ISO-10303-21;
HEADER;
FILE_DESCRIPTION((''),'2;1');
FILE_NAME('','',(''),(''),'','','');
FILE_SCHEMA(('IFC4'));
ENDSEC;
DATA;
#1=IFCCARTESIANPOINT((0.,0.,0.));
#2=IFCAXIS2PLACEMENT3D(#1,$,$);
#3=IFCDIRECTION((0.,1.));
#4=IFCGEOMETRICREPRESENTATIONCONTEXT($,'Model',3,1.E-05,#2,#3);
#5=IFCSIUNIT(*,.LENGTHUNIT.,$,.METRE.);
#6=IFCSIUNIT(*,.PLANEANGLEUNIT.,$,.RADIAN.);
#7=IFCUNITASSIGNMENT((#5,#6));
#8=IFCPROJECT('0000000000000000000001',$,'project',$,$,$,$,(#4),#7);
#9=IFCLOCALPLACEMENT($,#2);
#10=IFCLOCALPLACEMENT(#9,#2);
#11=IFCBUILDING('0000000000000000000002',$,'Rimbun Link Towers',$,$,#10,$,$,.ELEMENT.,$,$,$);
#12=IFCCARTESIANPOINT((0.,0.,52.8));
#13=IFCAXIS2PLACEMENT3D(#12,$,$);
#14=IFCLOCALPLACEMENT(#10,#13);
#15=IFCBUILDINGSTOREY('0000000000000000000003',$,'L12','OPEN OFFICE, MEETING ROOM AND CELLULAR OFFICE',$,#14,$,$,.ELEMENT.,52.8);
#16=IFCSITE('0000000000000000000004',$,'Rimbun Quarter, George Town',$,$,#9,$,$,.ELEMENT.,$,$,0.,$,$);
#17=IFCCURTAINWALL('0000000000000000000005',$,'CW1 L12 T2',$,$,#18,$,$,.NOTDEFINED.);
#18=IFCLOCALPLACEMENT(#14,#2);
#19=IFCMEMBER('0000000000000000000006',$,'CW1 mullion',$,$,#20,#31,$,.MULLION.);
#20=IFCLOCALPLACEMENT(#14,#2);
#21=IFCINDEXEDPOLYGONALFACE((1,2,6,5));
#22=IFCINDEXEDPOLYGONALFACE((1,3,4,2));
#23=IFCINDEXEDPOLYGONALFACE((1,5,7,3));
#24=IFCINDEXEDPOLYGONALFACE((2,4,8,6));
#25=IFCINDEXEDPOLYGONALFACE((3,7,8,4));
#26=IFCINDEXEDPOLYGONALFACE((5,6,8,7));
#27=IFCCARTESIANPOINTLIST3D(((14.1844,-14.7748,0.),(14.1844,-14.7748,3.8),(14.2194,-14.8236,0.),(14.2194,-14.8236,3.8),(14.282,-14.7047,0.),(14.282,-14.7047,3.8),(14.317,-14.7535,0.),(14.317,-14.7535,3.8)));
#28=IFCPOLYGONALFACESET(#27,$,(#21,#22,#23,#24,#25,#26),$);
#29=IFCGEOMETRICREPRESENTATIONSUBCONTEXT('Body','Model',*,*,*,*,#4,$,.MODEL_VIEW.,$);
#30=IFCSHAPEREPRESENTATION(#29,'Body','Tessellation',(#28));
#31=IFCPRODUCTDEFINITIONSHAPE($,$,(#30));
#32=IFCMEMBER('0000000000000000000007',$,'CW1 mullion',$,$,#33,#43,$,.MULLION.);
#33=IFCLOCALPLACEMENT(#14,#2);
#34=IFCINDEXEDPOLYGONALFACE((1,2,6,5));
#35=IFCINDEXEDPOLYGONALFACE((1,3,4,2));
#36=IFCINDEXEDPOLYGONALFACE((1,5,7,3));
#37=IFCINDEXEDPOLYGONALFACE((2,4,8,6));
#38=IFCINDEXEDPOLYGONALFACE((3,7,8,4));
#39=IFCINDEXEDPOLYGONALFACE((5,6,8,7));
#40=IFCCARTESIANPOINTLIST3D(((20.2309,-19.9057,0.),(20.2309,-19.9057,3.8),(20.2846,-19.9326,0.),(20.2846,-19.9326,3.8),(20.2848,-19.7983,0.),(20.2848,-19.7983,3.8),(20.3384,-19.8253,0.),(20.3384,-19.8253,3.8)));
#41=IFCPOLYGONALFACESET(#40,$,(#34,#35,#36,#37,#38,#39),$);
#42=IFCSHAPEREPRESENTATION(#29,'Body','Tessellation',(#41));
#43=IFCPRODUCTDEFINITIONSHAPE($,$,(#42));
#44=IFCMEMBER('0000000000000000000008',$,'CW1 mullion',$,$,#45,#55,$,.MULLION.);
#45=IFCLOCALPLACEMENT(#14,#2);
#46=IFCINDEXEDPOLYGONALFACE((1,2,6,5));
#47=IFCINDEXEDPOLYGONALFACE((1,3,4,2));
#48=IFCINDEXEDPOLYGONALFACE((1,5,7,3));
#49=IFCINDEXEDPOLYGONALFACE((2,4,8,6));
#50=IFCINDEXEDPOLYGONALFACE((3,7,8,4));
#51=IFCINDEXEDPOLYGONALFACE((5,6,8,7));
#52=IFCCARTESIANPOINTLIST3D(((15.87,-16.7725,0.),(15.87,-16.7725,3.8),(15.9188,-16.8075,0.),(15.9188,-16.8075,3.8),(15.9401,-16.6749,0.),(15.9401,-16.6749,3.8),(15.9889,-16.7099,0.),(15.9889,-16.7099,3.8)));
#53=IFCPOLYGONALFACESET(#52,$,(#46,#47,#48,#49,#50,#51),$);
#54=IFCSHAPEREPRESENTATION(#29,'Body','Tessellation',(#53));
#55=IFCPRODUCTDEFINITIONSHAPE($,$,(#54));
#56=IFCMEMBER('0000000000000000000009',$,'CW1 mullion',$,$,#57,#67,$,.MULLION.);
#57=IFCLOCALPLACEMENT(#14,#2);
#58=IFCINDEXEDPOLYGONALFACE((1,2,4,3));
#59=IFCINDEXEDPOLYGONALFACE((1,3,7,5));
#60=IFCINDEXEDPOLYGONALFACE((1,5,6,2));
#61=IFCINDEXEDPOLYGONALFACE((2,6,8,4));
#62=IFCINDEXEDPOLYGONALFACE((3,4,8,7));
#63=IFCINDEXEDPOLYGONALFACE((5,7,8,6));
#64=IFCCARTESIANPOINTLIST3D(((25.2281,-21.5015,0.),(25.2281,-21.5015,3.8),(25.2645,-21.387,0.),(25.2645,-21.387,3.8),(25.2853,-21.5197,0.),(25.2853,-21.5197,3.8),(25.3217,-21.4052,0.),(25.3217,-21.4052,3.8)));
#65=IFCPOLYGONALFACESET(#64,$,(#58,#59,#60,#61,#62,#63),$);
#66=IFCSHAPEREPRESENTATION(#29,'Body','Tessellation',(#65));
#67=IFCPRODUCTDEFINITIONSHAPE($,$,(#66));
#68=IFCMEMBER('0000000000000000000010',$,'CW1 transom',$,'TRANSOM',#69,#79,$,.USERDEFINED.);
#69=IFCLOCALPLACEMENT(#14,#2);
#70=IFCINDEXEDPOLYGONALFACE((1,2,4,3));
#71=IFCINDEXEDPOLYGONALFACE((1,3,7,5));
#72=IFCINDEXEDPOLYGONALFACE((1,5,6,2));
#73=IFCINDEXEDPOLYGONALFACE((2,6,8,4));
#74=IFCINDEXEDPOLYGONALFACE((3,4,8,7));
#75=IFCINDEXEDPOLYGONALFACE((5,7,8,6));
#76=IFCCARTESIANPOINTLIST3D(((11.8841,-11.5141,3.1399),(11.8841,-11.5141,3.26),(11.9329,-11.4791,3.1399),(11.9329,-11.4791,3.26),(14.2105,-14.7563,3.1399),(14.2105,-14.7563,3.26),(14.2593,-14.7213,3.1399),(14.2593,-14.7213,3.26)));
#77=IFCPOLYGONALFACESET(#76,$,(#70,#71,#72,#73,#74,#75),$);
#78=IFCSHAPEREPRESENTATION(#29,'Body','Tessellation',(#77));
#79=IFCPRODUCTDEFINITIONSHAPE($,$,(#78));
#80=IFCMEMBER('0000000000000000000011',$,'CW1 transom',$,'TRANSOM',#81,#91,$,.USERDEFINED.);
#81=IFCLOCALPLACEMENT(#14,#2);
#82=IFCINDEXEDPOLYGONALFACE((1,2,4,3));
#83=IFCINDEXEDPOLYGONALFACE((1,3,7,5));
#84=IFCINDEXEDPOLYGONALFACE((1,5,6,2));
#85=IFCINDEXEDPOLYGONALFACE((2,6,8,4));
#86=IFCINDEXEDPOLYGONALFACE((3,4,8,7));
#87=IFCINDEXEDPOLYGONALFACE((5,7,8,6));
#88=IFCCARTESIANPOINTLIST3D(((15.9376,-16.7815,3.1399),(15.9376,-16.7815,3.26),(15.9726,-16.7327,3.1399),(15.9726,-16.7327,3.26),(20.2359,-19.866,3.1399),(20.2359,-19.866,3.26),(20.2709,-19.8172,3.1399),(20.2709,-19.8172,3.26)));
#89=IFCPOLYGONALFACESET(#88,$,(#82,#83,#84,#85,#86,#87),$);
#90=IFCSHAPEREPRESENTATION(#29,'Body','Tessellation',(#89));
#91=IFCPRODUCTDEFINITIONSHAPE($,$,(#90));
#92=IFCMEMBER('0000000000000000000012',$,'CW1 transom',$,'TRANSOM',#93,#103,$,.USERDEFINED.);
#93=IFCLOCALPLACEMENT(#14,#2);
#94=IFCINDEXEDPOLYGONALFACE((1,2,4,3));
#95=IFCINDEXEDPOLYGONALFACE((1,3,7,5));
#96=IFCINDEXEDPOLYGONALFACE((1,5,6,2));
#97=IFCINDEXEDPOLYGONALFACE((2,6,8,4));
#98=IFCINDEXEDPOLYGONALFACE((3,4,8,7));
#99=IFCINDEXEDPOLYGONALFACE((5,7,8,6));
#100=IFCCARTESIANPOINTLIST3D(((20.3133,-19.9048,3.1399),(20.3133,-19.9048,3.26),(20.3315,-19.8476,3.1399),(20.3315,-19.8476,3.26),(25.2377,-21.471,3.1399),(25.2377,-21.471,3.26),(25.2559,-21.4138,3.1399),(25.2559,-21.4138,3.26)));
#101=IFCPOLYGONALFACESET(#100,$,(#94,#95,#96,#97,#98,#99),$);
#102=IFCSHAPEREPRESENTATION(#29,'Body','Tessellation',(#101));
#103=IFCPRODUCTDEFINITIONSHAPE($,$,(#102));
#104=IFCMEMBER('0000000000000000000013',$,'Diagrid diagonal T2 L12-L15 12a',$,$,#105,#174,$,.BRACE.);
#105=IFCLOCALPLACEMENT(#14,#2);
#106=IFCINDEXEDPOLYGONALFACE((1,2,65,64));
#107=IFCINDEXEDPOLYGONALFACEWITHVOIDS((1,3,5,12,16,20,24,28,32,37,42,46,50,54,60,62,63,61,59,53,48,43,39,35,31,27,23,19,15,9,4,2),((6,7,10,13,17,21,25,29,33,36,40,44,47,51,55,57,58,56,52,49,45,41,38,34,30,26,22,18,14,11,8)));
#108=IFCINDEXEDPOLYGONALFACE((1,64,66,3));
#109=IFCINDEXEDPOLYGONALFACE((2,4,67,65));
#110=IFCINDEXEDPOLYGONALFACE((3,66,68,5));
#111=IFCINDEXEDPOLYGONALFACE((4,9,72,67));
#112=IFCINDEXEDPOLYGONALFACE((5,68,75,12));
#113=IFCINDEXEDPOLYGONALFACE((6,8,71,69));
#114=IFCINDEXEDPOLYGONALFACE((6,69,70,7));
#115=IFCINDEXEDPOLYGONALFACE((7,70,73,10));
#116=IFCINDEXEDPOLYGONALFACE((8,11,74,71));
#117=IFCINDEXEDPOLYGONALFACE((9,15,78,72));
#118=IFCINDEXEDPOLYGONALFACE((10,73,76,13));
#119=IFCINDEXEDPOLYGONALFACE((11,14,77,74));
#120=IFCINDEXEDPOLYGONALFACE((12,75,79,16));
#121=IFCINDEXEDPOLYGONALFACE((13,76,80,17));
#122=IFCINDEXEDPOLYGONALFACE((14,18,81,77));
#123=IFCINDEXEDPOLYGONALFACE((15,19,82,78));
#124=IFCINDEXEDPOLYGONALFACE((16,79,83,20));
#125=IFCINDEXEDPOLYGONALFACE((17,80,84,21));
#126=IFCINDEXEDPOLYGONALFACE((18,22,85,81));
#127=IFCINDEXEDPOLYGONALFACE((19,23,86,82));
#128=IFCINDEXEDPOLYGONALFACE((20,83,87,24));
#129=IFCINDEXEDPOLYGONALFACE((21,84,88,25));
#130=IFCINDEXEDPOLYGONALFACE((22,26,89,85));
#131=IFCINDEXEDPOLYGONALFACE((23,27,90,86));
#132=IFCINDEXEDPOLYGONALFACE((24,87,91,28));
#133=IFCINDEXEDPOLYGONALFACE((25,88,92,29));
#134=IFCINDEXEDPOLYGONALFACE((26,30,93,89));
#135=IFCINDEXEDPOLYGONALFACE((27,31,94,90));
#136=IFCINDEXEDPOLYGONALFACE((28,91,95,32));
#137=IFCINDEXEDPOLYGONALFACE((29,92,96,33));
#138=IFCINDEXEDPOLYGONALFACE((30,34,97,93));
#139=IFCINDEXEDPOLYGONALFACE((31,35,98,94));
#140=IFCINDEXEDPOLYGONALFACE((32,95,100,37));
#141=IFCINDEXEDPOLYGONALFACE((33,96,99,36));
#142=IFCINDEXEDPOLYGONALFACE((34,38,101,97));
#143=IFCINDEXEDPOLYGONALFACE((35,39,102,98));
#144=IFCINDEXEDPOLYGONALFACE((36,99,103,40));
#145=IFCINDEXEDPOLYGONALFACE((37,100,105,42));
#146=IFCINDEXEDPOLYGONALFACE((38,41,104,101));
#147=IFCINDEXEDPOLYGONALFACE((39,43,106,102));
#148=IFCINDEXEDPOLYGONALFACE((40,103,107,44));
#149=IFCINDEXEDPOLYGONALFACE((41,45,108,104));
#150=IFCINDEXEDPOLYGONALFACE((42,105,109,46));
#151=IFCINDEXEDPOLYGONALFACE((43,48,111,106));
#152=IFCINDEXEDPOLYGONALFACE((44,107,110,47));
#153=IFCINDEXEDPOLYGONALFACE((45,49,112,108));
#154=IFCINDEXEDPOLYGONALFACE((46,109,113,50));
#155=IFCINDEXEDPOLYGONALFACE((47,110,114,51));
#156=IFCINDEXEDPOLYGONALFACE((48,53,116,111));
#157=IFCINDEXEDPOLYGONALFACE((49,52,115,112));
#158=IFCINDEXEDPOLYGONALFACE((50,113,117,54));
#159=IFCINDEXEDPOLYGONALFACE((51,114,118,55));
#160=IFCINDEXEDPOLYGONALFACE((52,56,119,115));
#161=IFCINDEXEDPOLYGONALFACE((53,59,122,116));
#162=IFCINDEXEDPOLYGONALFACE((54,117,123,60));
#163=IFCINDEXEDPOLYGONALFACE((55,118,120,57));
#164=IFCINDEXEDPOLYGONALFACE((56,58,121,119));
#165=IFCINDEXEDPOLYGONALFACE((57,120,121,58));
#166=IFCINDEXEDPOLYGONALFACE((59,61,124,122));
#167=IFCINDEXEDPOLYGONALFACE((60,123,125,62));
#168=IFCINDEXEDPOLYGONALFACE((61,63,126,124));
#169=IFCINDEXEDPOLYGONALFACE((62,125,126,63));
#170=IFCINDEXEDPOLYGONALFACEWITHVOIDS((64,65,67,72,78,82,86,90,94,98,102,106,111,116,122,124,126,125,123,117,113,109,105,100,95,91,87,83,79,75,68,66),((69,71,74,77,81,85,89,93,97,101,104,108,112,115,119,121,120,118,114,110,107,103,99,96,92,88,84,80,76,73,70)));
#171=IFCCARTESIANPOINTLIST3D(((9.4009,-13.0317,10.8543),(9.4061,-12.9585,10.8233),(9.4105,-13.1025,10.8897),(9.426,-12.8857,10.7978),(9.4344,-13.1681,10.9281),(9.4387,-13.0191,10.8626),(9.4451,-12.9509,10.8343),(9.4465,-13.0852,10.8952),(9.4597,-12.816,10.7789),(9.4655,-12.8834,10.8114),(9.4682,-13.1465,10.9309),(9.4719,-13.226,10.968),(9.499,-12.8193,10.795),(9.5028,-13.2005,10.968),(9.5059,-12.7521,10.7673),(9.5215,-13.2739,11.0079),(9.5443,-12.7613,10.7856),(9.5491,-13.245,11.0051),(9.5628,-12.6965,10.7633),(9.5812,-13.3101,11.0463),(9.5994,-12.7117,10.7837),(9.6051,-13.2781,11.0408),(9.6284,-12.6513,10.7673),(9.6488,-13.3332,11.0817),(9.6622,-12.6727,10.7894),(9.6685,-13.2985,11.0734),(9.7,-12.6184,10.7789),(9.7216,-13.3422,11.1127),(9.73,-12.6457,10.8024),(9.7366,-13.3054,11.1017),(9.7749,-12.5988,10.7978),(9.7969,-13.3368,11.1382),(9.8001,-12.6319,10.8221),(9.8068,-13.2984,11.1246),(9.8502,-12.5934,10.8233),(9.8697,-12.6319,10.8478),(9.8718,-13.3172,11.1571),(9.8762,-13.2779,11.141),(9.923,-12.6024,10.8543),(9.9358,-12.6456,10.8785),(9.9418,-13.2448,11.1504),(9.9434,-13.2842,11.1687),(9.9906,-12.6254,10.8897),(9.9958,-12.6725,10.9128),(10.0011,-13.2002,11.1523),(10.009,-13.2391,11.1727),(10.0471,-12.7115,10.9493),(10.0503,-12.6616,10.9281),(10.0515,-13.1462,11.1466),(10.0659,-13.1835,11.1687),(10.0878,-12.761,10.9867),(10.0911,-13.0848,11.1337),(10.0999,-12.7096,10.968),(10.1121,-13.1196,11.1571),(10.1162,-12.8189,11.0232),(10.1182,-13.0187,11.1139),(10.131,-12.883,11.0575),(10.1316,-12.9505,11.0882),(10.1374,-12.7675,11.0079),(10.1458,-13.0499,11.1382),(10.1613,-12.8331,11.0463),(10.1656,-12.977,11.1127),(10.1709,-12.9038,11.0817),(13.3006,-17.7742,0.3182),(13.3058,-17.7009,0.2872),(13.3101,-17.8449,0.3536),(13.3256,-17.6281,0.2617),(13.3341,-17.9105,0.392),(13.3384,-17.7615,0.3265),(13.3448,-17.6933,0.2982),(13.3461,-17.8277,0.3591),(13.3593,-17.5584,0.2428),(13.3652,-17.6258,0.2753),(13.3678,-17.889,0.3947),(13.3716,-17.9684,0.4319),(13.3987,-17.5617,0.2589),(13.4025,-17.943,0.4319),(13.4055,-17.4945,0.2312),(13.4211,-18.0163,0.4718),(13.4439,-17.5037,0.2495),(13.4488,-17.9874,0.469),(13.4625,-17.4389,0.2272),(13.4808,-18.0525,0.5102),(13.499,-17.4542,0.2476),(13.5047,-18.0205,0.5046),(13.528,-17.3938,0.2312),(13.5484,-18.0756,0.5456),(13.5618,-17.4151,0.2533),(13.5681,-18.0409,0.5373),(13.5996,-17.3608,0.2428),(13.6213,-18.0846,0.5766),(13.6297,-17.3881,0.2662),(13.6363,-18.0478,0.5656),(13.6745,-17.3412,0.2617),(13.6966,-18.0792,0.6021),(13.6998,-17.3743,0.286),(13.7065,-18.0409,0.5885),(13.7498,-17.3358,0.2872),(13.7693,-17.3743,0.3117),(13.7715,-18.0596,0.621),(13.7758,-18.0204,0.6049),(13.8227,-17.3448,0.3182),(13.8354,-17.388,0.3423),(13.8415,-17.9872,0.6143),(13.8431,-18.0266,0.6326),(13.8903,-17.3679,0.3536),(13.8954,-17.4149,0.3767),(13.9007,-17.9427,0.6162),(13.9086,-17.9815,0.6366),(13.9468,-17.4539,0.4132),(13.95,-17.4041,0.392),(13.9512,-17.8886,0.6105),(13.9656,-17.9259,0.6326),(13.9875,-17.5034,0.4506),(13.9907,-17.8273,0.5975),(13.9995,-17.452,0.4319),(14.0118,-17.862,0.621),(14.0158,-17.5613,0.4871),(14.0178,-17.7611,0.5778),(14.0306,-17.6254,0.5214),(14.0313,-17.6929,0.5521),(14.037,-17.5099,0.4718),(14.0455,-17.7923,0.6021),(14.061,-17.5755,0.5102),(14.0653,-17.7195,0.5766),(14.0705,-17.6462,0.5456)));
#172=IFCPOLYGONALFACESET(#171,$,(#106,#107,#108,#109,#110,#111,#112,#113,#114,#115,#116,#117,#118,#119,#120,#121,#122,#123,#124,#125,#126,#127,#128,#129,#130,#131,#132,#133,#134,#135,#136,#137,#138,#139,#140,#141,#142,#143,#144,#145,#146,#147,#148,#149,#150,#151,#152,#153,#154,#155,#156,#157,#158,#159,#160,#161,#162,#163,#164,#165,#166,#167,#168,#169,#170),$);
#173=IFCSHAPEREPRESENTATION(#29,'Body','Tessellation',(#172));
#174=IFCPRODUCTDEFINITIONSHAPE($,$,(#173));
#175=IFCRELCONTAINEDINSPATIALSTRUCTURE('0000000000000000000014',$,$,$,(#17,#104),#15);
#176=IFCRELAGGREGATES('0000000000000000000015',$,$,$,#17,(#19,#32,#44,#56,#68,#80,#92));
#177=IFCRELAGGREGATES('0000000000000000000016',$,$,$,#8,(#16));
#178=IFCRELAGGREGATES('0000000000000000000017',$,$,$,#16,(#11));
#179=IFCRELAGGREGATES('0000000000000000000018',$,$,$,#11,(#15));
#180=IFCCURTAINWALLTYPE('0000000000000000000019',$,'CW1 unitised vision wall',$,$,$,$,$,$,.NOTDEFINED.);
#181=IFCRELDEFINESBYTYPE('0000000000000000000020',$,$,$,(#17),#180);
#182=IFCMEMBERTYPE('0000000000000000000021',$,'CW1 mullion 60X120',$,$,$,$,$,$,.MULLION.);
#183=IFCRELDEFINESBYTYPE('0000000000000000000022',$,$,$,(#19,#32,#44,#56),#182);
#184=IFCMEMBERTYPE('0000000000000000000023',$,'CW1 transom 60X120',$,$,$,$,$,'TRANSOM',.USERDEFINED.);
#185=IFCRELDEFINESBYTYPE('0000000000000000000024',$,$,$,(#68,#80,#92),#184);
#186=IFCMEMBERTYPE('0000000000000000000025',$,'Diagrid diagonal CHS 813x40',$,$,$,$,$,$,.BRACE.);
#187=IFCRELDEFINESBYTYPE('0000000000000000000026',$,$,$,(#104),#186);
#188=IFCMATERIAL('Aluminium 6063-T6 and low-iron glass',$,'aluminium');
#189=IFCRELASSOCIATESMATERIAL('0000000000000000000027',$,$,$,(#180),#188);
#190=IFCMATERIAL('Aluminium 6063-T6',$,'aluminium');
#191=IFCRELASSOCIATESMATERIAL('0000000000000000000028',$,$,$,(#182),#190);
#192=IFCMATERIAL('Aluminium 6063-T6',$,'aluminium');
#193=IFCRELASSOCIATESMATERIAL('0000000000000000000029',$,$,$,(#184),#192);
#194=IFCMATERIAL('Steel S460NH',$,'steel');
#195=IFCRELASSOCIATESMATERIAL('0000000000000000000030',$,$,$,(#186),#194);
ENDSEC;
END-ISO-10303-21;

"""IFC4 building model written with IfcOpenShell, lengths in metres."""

from ifc_helpers import new_model, si_unit, direction, frame, origin, origin_2d, place, context, subcontext, project, spatial, rectangle, hollow_circle, extrude, material, material_profile, profile_set, type_object, element, aggregate, save


model = new_model("IFC4")

# Units and contexts
model_context = context("Model", 3, precision=1e-05, world=origin(), true_north=direction((0.0, 1.0)))
body_context = subcontext(model_context, "Body", "Model", "MODEL_VIEW")
ifc_project = project(units=[si_unit("LENGTHUNIT", "METRE"), si_unit("PLANEANGLEUNIT", "RADIAN")], contexts=[model_context])

# Site, building, storey
site_placement = place(None, origin())
site = spatial("IfcSite", under=ifc_project, at=site_placement, Name="Rimbun Quarter, George Town", CompositionType="ELEMENT", RefElevation=0.0)
building_placement = place(site_placement, origin())
building = spatial("IfcBuilding", under=site, at=building_placement, Name="Rimbun Link Towers", CompositionType="ELEMENT")
storey_placement = place(building_placement, frame((0.0, 0.0, 52.8)))
storey = spatial("IfcBuildingStorey", under=building, at=storey_placement, Name="L12", Description="OPEN OFFICE, MEETING ROOM AND CELLULAR OFFICE", CompositionType="ELEMENT", Elevation=52.8)

# Curtain wall, members
ifc_material_1 = material(Name="Aluminium 6063-T6 and low-iron glass", Category="aluminium")
curtain_wall_type = type_object("IfcCurtainWallType", Name="CW1 unitised vision wall", PredefinedType="NOTDEFINED", material=ifc_material_1)
curtain_wall_placement = place(storey_placement, origin())
curtain_wall = element("IfcCurtainWall", 1, at=curtain_wall_placement, inside=storey, type_object=curtain_wall_type, Name="CW1 L12 T2", PredefinedType="NOTDEFINED")
ifc_material_2 = material(Name="Aluminium 6063-T6", Category="aluminium")
ifc_material_profile_1 = material_profile(ifc_material_2, rectangle(XDim=0.1201, YDim=0.0601, at=origin_2d()), Name="MULLION 60X120")
ifc_profile_set_1 = profile_set([ifc_material_profile_1], Name="Aluminium 6063-T6")
member_type_1 = type_object("IfcMemberType", Name="CW1 mullion 60X120", PredefinedType="MULLION", material=ifc_profile_set_1)
member_1_placement = place(storey_placement, frame((14.2507, -14.7642, 0.0), z_axis=(0.0, 0.0, 1.0), x_axis=(-0.812469, -0.583004, 0.0)))
member_1 = element("IfcMember", 2, at=member_1_placement, type_object=member_type_1, Name="CW1 mullion", PredefinedType="MULLION", context=body_context, shape_type="SweptSolid", body=[
    extrude(rectangle(XDim=0.1201, YDim=0.0601, at=origin_2d()), origin(), (0.0, 0.0, 1.0), 3.8),
])
member_2_placement = place(storey_placement, frame((20.2847, -19.8655, 0.0), z_axis=(0.0, 0.0, 1.0), x_axis=(-0.448574, -0.893746, 0.0)))
member_2 = element("IfcMember", 3, at=member_2_placement, type_object=member_type_1, Name="CW1 mullion", PredefinedType="MULLION", context=body_context, shape_type="SweptSolid", body=[
    extrude(rectangle(XDim=0.1201, YDim=0.0601, at=origin_2d()), origin(), (0.0, 0.0, 1.0), 3.8),
])
member_3_placement = place(storey_placement, frame((15.9294, -16.7412, 0.0), z_axis=(0.0, 0.0, 1.0), x_axis=(-0.583004, -0.812469, 0.0)))
member_3 = element("IfcMember", 4, at=member_3_placement, type_object=member_type_1, Name="CW1 mullion", PredefinedType="MULLION", context=body_context, shape_type="SweptSolid", body=[
    extrude(rectangle(XDim=0.1201, YDim=0.0601, at=origin_2d()), origin(), (0.0, 0.0, 1.0), 3.8),
])
member_4_placement = place(storey_placement, frame((25.2749, -21.4534, 0.0), z_axis=(0.0, 0.0, 1.0), x_axis=(-0.303073, -0.952967, 0.0)))
member_4 = element("IfcMember", 5, at=member_4_placement, type_object=member_type_1, Name="CW1 mullion", PredefinedType="MULLION", context=body_context, shape_type="SweptSolid", body=[
    extrude(rectangle(XDim=0.1201, YDim=0.0601, at=origin_2d()), origin(), (0.0, 0.0, 1.0), 3.8),
])
ifc_material_3 = material(Name="Aluminium 6063-T6", Category="aluminium")
ifc_material_profile_2 = material_profile(ifc_material_3, rectangle(XDim=0.0601, YDim=0.1201, at=origin_2d()), Name="TRANSOM 60X120")
ifc_profile_set_2 = profile_set([ifc_material_profile_2], Name="Aluminium 6063-T6")
member_type_2 = type_object("IfcMemberType", Name="CW1 transom 60X120", ElementType="TRANSOM", PredefinedType="USERDEFINED", material=ifc_profile_set_2)
member_5_placement = place(storey_placement, frame((14.2349, -14.7388, 3.2), z_axis=(-0.58299, 0.812479, 0.0), x_axis=(-0.812479, -0.58299, 0.0)))
member_5 = element("IfcMember", 6, at=member_5_placement, type_object=member_type_2, Name="CW1 transom", ObjectType="TRANSOM", PredefinedType="USERDEFINED", context=body_context, shape_type="SweptSolid", body=[
    extrude(rectangle(XDim=0.0601, YDim=0.1201, at=origin_2d()), origin(), (0.0, 0.0, 1.0), 3.9905),
])
member_6_placement = place(storey_placement, frame((20.2534, -19.8416, 3.2), z_axis=(-0.812459, 0.583018, 0.0), x_axis=(-0.583018, -0.812459, 0.0)))
member_6 = element("IfcMember", 7, at=member_6_placement, type_object=member_type_2, Name="CW1 transom", ObjectType="TRANSOM", PredefinedType="USERDEFINED", context=body_context, shape_type="SweptSolid", body=[
    extrude(rectangle(XDim=0.0601, YDim=0.1201, at=origin_2d()), origin(), (0.0, 0.0, 1.0), 5.2905),
])
member_7_placement = place(storey_placement, frame((25.2468, -21.4424, 3.2), z_axis=(-0.952963, 0.303087, 0.0), x_axis=(-0.303087, -0.952963, 0.0)))
member_7 = element("IfcMember", 8, at=member_7_placement, type_object=member_type_2, Name="CW1 transom", ObjectType="TRANSOM", PredefinedType="USERDEFINED", context=body_context, shape_type="SweptSolid", body=[
    extrude(rectangle(XDim=0.0601, YDim=0.1201, at=origin_2d()), origin(), (0.0, 0.0, 1.0), 5.1675),
])

# Member
ifc_material_4 = material(Name="Steel S460NH", Category="steel")
ifc_material_profile_3 = material_profile(ifc_material_4, hollow_circle(Radius=0.4065, WallThickness=0.04, at=origin_2d()), Name="Diagrid diagonal CHS 813x40")
ifc_profile_set_3 = profile_set([ifc_material_profile_3], Name="Steel S460NH")
member_type_3 = type_object("IfcMemberType", Name="Diagrid diagonal CHS 813x40", PredefinedType="BRACE", material=ifc_profile_set_3)
for number, where, z_axis, x_axis, name in (
    (9, (13.6855, -17.7102, 0.4319), (-0.319786, 0.388896, 0.864), (-0.772399, -0.635137, 0.0), "Diagrid diagonal T2 L12-L15 12a"),
):
    element("IfcMember", number, at=place(storey_placement, frame(where, z_axis=z_axis, x_axis=x_axis)), inside=storey, type_object=member_type_3, Name=name, PredefinedType="BRACE", context=body_context, shape_type="SweptSolid", body=[
        extrude(hollow_circle(Radius=0.4065, WallThickness=0.04, at=origin_2d()), origin(), (0.0, 0.0, 1.0), 12.1946),
    ])

aggregate(curtain_wall, [member_1, member_2, member_3, member_4, member_5, member_6, member_7])

save(model, "model.ifc")
